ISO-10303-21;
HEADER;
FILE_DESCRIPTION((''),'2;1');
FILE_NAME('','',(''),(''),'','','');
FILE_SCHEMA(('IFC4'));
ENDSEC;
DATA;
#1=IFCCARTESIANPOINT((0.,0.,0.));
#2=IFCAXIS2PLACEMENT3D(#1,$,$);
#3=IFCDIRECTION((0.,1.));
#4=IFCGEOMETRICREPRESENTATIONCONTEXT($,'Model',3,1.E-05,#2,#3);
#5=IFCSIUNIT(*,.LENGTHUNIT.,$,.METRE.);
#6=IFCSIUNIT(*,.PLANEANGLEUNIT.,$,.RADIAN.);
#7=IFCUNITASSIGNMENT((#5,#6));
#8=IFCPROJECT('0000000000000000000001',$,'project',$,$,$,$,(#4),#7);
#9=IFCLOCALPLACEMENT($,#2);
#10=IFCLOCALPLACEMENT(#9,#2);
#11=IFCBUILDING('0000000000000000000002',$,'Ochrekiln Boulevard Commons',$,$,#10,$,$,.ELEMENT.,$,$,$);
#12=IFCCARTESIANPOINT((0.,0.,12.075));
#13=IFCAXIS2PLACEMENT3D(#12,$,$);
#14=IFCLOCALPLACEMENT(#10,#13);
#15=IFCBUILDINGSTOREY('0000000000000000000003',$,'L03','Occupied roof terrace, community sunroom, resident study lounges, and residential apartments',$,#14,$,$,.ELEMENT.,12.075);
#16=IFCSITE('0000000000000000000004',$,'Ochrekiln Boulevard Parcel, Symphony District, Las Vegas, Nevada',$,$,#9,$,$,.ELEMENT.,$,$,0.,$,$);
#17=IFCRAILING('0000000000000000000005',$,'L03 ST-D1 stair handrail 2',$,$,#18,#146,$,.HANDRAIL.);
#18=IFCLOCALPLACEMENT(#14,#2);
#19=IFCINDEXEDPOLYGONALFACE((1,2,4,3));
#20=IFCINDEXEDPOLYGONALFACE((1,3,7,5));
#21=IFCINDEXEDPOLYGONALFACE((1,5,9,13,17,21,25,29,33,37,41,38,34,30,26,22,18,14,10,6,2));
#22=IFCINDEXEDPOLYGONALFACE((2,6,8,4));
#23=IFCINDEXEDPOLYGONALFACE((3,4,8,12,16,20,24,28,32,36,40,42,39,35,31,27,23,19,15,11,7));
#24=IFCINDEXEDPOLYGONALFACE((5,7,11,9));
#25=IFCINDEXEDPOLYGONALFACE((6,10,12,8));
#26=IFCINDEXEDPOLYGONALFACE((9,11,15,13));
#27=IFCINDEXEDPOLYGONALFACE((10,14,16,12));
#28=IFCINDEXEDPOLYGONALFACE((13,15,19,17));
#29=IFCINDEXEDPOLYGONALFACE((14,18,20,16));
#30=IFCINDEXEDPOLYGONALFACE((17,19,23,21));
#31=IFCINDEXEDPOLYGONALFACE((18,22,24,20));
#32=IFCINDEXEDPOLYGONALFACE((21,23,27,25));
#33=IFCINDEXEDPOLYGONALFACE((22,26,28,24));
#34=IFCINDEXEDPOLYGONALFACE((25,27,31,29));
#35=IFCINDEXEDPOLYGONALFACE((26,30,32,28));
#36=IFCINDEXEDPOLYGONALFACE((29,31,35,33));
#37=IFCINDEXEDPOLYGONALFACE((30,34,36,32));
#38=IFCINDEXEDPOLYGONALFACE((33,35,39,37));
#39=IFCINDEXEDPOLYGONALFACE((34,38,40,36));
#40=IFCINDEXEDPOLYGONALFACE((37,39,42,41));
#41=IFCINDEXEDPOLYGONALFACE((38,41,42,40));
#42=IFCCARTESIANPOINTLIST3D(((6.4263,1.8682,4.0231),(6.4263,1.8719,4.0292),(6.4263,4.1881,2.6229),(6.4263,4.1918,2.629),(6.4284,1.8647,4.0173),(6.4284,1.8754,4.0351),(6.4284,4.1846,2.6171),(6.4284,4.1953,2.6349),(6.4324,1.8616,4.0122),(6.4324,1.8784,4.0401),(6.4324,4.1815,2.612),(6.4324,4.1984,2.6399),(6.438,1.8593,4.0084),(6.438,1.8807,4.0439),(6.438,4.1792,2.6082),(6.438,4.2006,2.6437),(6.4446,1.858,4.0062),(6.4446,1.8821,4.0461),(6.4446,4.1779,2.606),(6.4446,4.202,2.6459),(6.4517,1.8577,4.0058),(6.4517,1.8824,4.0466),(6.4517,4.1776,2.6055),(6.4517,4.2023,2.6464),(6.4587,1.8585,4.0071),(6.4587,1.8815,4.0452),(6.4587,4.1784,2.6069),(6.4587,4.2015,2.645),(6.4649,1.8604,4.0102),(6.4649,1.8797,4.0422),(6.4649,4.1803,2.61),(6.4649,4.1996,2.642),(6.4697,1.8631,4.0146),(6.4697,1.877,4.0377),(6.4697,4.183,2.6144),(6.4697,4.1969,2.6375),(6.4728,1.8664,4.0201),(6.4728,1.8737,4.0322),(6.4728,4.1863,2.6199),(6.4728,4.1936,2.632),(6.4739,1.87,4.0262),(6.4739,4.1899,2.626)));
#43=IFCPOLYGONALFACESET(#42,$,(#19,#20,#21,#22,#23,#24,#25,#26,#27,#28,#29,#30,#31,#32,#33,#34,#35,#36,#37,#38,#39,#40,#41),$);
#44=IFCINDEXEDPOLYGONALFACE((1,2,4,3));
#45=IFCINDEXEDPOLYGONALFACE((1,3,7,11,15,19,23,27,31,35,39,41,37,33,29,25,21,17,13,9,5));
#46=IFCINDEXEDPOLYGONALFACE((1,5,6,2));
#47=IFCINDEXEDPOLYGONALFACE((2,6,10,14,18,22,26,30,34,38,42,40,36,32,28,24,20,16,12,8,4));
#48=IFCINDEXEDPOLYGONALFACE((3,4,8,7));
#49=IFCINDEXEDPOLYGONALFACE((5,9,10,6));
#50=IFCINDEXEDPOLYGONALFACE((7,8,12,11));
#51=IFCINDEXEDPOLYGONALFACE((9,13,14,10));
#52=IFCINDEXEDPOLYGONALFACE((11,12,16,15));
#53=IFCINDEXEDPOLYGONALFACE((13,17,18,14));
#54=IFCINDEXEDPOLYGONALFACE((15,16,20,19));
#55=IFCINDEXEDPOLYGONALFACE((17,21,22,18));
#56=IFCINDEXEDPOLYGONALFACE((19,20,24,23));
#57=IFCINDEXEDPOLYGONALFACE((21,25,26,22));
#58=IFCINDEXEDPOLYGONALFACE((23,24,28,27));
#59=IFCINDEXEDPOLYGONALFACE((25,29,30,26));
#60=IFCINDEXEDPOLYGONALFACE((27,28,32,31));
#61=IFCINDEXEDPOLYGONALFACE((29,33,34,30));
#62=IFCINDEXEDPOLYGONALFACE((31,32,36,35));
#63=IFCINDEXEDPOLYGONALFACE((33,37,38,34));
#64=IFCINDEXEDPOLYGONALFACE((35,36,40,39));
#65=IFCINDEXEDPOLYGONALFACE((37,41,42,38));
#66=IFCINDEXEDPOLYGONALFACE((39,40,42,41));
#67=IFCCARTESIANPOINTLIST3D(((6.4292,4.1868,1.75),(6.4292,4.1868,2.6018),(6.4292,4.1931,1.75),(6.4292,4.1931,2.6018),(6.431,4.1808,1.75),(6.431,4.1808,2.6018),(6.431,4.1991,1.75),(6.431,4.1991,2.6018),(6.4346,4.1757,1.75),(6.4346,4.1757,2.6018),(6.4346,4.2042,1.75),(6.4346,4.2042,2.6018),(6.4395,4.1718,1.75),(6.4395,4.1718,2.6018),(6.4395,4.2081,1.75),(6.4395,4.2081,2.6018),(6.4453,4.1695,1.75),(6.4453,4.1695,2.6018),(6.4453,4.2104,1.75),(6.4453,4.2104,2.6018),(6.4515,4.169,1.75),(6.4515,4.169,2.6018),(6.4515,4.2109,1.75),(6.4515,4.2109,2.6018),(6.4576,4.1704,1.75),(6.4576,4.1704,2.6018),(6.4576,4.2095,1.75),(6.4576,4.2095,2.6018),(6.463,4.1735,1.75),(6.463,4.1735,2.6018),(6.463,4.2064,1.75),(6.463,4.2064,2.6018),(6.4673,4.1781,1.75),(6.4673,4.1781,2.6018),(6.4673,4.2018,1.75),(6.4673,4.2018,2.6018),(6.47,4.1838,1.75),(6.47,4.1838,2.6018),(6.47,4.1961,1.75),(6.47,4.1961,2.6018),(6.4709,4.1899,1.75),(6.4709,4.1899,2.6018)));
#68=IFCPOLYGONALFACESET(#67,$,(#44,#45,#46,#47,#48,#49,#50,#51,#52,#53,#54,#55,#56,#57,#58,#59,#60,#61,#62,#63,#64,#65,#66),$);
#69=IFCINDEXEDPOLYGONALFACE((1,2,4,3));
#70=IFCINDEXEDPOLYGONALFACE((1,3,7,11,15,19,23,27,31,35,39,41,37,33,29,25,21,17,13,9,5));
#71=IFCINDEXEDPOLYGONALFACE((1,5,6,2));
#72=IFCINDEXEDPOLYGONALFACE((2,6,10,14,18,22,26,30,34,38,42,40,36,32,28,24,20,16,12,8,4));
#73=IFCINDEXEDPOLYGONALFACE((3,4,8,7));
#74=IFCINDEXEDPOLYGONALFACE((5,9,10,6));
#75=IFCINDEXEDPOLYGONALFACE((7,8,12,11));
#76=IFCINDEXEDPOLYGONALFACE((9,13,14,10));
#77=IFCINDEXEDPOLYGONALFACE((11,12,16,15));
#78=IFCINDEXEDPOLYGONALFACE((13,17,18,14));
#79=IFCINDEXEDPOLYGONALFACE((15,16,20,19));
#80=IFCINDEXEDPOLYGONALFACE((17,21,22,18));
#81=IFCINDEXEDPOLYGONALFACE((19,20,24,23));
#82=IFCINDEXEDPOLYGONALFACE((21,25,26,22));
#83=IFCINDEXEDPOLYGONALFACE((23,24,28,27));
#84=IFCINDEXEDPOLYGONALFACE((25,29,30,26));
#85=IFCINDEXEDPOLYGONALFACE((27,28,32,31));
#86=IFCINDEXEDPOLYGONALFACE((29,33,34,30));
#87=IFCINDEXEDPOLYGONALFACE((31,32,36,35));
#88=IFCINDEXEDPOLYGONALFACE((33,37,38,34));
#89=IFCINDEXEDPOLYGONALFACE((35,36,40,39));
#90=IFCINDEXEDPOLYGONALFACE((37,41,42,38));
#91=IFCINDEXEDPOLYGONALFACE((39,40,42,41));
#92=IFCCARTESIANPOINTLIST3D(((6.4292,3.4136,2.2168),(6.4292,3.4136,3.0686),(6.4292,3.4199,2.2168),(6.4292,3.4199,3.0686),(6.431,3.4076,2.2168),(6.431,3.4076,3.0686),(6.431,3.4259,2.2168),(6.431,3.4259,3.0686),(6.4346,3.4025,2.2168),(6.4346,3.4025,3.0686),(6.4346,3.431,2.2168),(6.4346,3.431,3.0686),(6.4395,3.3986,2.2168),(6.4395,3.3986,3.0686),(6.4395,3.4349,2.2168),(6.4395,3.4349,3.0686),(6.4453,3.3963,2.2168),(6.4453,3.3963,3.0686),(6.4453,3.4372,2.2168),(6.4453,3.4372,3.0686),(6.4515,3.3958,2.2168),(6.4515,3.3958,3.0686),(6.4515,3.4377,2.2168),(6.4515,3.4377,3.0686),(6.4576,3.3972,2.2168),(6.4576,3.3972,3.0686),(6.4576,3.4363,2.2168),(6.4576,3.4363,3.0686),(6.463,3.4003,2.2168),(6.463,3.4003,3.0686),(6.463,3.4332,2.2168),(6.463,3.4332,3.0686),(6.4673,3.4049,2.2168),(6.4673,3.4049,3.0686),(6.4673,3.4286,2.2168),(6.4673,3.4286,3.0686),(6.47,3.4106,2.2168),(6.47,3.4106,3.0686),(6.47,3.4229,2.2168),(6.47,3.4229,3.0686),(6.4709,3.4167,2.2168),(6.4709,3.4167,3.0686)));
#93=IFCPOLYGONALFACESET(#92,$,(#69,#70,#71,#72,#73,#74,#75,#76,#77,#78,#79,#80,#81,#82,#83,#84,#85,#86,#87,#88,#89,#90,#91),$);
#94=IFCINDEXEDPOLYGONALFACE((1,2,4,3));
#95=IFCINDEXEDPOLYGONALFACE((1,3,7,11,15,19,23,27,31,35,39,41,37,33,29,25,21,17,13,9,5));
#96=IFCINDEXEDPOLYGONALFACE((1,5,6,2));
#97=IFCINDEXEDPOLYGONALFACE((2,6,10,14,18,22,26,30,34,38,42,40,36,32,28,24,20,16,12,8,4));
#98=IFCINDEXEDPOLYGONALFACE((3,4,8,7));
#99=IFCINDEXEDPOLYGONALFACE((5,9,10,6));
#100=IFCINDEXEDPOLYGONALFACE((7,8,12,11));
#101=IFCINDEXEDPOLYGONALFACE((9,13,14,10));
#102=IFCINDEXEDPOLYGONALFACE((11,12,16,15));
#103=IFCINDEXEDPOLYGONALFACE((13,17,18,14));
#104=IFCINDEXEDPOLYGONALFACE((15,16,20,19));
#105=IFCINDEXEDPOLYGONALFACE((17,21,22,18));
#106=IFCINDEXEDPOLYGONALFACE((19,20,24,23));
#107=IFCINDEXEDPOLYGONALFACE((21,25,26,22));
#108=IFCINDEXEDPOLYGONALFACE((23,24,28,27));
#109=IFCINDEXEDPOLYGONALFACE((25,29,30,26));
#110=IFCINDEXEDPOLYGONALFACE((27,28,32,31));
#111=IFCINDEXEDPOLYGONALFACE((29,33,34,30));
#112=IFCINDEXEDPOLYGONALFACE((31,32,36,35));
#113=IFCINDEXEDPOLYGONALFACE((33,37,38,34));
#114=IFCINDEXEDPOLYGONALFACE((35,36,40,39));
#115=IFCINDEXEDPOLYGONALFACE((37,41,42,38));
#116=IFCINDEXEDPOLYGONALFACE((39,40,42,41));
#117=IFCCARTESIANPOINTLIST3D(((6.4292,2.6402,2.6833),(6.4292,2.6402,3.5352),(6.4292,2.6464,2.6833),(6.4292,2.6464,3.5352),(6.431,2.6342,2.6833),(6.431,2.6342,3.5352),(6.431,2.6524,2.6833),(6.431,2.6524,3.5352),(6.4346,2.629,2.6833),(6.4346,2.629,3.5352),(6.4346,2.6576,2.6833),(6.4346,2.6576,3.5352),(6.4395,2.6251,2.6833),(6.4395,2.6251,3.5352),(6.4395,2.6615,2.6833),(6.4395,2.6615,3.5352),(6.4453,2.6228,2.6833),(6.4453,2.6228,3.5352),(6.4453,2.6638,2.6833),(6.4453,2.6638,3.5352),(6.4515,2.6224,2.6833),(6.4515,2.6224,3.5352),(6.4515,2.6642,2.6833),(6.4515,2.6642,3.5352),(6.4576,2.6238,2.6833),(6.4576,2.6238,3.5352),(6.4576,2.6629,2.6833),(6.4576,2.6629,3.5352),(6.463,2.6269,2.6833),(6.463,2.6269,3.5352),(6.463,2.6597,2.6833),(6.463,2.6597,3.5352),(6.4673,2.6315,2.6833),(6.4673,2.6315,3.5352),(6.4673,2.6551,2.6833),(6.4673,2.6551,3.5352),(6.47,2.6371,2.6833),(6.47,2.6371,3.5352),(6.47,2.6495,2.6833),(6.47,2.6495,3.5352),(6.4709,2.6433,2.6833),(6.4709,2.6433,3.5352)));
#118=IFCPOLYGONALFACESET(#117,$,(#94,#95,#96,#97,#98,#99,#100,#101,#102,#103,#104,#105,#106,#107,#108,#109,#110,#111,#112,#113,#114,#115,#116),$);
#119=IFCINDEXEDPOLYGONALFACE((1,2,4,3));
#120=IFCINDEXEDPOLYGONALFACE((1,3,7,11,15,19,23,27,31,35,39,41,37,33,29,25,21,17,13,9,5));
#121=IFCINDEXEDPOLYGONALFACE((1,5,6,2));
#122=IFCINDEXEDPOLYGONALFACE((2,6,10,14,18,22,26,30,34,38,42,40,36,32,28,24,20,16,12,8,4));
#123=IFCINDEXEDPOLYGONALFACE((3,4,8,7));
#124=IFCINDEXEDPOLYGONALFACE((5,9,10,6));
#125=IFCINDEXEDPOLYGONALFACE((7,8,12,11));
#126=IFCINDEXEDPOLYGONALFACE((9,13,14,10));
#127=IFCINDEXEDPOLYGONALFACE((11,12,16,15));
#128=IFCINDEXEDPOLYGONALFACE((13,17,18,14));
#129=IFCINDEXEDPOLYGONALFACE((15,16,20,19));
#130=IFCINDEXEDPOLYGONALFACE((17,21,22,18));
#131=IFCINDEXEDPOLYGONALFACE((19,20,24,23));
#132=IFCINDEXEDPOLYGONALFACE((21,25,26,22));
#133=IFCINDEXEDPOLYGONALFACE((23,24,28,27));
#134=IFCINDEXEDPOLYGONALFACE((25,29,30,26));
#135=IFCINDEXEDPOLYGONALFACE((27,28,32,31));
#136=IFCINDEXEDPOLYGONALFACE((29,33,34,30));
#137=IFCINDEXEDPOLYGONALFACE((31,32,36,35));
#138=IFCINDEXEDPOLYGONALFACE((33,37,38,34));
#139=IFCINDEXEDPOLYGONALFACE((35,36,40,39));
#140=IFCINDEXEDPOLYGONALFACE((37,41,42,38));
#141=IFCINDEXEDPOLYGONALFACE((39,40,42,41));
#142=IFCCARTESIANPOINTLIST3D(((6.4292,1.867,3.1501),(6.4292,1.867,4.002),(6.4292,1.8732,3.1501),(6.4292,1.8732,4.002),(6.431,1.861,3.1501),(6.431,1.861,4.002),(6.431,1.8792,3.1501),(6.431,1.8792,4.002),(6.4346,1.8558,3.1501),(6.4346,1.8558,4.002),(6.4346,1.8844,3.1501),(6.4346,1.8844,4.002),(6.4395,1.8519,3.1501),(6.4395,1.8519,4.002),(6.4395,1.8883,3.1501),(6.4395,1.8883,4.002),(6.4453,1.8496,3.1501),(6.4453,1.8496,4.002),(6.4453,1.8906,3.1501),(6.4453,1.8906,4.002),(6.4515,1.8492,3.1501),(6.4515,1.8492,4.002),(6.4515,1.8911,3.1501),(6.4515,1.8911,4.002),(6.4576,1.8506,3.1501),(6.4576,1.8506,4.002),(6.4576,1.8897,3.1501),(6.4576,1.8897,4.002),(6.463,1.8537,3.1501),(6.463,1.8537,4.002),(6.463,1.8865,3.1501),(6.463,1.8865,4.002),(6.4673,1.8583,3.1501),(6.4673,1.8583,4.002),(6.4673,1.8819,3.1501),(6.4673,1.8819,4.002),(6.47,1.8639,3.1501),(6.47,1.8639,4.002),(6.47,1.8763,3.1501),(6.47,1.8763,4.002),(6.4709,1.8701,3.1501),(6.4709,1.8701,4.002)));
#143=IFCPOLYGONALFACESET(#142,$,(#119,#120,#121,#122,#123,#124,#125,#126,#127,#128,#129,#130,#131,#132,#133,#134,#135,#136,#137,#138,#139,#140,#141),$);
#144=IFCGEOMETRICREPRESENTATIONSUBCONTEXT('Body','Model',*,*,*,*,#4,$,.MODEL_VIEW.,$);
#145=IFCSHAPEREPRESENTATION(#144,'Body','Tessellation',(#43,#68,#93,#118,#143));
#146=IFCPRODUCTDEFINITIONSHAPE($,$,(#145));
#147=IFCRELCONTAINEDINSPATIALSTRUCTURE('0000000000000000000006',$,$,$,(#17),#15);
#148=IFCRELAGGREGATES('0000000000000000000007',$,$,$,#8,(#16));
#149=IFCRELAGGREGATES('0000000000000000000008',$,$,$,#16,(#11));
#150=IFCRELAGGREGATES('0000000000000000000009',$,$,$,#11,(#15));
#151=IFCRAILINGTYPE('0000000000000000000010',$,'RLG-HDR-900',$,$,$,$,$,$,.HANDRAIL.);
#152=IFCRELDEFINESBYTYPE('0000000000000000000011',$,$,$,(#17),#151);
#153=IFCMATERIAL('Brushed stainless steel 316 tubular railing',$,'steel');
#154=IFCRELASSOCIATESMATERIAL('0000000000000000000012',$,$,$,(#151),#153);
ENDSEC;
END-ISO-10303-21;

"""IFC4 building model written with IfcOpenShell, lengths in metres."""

from ifc_helpers import new_model, si_unit, direction, frame, origin, origin_2d, place, context, subcontext, project, spatial, circle, extrude, material, type_object, element, save


model = new_model("IFC4")

# Units and contexts
model_context = context("Model", 3, precision=1e-05, world=origin(), true_north=direction((0.0, 1.0)))
body_context = subcontext(model_context, "Body", "Model", "MODEL_VIEW")
ifc_project = project(units=[si_unit("LENGTHUNIT", "METRE"), si_unit("PLANEANGLEUNIT", "RADIAN")], contexts=[model_context])

# Site, building, storey
site_placement = place(None, origin())
site = spatial("IfcSite", under=ifc_project, at=site_placement, Name="Ochrekiln Boulevard Parcel, Symphony District, Las Vegas, Nevada", CompositionType="ELEMENT", RefElevation=0.0)
building_placement = place(site_placement, origin())
building = spatial("IfcBuilding", under=site, at=building_placement, Name="Ochrekiln Boulevard Commons", CompositionType="ELEMENT")
storey_placement = place(building_placement, frame((0.0, 0.0, 12.075)))
storey = spatial("IfcBuildingStorey", under=building, at=storey_placement, Name="L03", Description="Occupied roof terrace, community sunroom, resident study lounges, and residential apartments", CompositionType="ELEMENT", Elevation=12.075)

# Railing
ifc_material_1 = material(Name="Brushed stainless steel 316 tubular railing", Category="steel")
railing_type_1 = type_object("IfcRailingType", Name="RLG-HDR-900", PredefinedType="HANDRAIL", material=ifc_material_1)
railing_1_placement = place(storey_placement, frame((6.45, 4.1899, 1.75)))
element("IfcRailing", 1, at=railing_1_placement, inside=storey, type_object=railing_type_1, Name="L03 ST-D1 stair handrail 2", PredefinedType="HANDRAIL", context=body_context, shape_type="SweptSolid", body=[
    extrude(circle(Radius=0.0239, at=origin_2d()), frame((0.0, 0.0, 0.876), z_axis=(0.0, -0.856146, 0.516733), x_axis=(1.0, 0.0, 0.0)), (0.0, 0.0, 1.0), 2.7097),
    extrude(circle(Radius=0.021, at=origin_2d()), origin(), (0.0, 0.0, 1.0), 0.8518),
    extrude(circle(Radius=0.021, at=origin_2d()), frame((0.0, -0.7732, 0.4668)), (0.0, 0.0, 1.0), 0.8518),
    extrude(circle(Radius=0.021, at=origin_2d()), frame((0.0, -1.5466, 0.9333)), (0.0, 0.0, 1.0), 0.8518),
    extrude(circle(Radius=0.021, at=origin_2d()), frame((0.0, -2.3198, 1.4001)), (0.0, 0.0, 1.0), 0.8518),
])

save(model, "model.ifc")
